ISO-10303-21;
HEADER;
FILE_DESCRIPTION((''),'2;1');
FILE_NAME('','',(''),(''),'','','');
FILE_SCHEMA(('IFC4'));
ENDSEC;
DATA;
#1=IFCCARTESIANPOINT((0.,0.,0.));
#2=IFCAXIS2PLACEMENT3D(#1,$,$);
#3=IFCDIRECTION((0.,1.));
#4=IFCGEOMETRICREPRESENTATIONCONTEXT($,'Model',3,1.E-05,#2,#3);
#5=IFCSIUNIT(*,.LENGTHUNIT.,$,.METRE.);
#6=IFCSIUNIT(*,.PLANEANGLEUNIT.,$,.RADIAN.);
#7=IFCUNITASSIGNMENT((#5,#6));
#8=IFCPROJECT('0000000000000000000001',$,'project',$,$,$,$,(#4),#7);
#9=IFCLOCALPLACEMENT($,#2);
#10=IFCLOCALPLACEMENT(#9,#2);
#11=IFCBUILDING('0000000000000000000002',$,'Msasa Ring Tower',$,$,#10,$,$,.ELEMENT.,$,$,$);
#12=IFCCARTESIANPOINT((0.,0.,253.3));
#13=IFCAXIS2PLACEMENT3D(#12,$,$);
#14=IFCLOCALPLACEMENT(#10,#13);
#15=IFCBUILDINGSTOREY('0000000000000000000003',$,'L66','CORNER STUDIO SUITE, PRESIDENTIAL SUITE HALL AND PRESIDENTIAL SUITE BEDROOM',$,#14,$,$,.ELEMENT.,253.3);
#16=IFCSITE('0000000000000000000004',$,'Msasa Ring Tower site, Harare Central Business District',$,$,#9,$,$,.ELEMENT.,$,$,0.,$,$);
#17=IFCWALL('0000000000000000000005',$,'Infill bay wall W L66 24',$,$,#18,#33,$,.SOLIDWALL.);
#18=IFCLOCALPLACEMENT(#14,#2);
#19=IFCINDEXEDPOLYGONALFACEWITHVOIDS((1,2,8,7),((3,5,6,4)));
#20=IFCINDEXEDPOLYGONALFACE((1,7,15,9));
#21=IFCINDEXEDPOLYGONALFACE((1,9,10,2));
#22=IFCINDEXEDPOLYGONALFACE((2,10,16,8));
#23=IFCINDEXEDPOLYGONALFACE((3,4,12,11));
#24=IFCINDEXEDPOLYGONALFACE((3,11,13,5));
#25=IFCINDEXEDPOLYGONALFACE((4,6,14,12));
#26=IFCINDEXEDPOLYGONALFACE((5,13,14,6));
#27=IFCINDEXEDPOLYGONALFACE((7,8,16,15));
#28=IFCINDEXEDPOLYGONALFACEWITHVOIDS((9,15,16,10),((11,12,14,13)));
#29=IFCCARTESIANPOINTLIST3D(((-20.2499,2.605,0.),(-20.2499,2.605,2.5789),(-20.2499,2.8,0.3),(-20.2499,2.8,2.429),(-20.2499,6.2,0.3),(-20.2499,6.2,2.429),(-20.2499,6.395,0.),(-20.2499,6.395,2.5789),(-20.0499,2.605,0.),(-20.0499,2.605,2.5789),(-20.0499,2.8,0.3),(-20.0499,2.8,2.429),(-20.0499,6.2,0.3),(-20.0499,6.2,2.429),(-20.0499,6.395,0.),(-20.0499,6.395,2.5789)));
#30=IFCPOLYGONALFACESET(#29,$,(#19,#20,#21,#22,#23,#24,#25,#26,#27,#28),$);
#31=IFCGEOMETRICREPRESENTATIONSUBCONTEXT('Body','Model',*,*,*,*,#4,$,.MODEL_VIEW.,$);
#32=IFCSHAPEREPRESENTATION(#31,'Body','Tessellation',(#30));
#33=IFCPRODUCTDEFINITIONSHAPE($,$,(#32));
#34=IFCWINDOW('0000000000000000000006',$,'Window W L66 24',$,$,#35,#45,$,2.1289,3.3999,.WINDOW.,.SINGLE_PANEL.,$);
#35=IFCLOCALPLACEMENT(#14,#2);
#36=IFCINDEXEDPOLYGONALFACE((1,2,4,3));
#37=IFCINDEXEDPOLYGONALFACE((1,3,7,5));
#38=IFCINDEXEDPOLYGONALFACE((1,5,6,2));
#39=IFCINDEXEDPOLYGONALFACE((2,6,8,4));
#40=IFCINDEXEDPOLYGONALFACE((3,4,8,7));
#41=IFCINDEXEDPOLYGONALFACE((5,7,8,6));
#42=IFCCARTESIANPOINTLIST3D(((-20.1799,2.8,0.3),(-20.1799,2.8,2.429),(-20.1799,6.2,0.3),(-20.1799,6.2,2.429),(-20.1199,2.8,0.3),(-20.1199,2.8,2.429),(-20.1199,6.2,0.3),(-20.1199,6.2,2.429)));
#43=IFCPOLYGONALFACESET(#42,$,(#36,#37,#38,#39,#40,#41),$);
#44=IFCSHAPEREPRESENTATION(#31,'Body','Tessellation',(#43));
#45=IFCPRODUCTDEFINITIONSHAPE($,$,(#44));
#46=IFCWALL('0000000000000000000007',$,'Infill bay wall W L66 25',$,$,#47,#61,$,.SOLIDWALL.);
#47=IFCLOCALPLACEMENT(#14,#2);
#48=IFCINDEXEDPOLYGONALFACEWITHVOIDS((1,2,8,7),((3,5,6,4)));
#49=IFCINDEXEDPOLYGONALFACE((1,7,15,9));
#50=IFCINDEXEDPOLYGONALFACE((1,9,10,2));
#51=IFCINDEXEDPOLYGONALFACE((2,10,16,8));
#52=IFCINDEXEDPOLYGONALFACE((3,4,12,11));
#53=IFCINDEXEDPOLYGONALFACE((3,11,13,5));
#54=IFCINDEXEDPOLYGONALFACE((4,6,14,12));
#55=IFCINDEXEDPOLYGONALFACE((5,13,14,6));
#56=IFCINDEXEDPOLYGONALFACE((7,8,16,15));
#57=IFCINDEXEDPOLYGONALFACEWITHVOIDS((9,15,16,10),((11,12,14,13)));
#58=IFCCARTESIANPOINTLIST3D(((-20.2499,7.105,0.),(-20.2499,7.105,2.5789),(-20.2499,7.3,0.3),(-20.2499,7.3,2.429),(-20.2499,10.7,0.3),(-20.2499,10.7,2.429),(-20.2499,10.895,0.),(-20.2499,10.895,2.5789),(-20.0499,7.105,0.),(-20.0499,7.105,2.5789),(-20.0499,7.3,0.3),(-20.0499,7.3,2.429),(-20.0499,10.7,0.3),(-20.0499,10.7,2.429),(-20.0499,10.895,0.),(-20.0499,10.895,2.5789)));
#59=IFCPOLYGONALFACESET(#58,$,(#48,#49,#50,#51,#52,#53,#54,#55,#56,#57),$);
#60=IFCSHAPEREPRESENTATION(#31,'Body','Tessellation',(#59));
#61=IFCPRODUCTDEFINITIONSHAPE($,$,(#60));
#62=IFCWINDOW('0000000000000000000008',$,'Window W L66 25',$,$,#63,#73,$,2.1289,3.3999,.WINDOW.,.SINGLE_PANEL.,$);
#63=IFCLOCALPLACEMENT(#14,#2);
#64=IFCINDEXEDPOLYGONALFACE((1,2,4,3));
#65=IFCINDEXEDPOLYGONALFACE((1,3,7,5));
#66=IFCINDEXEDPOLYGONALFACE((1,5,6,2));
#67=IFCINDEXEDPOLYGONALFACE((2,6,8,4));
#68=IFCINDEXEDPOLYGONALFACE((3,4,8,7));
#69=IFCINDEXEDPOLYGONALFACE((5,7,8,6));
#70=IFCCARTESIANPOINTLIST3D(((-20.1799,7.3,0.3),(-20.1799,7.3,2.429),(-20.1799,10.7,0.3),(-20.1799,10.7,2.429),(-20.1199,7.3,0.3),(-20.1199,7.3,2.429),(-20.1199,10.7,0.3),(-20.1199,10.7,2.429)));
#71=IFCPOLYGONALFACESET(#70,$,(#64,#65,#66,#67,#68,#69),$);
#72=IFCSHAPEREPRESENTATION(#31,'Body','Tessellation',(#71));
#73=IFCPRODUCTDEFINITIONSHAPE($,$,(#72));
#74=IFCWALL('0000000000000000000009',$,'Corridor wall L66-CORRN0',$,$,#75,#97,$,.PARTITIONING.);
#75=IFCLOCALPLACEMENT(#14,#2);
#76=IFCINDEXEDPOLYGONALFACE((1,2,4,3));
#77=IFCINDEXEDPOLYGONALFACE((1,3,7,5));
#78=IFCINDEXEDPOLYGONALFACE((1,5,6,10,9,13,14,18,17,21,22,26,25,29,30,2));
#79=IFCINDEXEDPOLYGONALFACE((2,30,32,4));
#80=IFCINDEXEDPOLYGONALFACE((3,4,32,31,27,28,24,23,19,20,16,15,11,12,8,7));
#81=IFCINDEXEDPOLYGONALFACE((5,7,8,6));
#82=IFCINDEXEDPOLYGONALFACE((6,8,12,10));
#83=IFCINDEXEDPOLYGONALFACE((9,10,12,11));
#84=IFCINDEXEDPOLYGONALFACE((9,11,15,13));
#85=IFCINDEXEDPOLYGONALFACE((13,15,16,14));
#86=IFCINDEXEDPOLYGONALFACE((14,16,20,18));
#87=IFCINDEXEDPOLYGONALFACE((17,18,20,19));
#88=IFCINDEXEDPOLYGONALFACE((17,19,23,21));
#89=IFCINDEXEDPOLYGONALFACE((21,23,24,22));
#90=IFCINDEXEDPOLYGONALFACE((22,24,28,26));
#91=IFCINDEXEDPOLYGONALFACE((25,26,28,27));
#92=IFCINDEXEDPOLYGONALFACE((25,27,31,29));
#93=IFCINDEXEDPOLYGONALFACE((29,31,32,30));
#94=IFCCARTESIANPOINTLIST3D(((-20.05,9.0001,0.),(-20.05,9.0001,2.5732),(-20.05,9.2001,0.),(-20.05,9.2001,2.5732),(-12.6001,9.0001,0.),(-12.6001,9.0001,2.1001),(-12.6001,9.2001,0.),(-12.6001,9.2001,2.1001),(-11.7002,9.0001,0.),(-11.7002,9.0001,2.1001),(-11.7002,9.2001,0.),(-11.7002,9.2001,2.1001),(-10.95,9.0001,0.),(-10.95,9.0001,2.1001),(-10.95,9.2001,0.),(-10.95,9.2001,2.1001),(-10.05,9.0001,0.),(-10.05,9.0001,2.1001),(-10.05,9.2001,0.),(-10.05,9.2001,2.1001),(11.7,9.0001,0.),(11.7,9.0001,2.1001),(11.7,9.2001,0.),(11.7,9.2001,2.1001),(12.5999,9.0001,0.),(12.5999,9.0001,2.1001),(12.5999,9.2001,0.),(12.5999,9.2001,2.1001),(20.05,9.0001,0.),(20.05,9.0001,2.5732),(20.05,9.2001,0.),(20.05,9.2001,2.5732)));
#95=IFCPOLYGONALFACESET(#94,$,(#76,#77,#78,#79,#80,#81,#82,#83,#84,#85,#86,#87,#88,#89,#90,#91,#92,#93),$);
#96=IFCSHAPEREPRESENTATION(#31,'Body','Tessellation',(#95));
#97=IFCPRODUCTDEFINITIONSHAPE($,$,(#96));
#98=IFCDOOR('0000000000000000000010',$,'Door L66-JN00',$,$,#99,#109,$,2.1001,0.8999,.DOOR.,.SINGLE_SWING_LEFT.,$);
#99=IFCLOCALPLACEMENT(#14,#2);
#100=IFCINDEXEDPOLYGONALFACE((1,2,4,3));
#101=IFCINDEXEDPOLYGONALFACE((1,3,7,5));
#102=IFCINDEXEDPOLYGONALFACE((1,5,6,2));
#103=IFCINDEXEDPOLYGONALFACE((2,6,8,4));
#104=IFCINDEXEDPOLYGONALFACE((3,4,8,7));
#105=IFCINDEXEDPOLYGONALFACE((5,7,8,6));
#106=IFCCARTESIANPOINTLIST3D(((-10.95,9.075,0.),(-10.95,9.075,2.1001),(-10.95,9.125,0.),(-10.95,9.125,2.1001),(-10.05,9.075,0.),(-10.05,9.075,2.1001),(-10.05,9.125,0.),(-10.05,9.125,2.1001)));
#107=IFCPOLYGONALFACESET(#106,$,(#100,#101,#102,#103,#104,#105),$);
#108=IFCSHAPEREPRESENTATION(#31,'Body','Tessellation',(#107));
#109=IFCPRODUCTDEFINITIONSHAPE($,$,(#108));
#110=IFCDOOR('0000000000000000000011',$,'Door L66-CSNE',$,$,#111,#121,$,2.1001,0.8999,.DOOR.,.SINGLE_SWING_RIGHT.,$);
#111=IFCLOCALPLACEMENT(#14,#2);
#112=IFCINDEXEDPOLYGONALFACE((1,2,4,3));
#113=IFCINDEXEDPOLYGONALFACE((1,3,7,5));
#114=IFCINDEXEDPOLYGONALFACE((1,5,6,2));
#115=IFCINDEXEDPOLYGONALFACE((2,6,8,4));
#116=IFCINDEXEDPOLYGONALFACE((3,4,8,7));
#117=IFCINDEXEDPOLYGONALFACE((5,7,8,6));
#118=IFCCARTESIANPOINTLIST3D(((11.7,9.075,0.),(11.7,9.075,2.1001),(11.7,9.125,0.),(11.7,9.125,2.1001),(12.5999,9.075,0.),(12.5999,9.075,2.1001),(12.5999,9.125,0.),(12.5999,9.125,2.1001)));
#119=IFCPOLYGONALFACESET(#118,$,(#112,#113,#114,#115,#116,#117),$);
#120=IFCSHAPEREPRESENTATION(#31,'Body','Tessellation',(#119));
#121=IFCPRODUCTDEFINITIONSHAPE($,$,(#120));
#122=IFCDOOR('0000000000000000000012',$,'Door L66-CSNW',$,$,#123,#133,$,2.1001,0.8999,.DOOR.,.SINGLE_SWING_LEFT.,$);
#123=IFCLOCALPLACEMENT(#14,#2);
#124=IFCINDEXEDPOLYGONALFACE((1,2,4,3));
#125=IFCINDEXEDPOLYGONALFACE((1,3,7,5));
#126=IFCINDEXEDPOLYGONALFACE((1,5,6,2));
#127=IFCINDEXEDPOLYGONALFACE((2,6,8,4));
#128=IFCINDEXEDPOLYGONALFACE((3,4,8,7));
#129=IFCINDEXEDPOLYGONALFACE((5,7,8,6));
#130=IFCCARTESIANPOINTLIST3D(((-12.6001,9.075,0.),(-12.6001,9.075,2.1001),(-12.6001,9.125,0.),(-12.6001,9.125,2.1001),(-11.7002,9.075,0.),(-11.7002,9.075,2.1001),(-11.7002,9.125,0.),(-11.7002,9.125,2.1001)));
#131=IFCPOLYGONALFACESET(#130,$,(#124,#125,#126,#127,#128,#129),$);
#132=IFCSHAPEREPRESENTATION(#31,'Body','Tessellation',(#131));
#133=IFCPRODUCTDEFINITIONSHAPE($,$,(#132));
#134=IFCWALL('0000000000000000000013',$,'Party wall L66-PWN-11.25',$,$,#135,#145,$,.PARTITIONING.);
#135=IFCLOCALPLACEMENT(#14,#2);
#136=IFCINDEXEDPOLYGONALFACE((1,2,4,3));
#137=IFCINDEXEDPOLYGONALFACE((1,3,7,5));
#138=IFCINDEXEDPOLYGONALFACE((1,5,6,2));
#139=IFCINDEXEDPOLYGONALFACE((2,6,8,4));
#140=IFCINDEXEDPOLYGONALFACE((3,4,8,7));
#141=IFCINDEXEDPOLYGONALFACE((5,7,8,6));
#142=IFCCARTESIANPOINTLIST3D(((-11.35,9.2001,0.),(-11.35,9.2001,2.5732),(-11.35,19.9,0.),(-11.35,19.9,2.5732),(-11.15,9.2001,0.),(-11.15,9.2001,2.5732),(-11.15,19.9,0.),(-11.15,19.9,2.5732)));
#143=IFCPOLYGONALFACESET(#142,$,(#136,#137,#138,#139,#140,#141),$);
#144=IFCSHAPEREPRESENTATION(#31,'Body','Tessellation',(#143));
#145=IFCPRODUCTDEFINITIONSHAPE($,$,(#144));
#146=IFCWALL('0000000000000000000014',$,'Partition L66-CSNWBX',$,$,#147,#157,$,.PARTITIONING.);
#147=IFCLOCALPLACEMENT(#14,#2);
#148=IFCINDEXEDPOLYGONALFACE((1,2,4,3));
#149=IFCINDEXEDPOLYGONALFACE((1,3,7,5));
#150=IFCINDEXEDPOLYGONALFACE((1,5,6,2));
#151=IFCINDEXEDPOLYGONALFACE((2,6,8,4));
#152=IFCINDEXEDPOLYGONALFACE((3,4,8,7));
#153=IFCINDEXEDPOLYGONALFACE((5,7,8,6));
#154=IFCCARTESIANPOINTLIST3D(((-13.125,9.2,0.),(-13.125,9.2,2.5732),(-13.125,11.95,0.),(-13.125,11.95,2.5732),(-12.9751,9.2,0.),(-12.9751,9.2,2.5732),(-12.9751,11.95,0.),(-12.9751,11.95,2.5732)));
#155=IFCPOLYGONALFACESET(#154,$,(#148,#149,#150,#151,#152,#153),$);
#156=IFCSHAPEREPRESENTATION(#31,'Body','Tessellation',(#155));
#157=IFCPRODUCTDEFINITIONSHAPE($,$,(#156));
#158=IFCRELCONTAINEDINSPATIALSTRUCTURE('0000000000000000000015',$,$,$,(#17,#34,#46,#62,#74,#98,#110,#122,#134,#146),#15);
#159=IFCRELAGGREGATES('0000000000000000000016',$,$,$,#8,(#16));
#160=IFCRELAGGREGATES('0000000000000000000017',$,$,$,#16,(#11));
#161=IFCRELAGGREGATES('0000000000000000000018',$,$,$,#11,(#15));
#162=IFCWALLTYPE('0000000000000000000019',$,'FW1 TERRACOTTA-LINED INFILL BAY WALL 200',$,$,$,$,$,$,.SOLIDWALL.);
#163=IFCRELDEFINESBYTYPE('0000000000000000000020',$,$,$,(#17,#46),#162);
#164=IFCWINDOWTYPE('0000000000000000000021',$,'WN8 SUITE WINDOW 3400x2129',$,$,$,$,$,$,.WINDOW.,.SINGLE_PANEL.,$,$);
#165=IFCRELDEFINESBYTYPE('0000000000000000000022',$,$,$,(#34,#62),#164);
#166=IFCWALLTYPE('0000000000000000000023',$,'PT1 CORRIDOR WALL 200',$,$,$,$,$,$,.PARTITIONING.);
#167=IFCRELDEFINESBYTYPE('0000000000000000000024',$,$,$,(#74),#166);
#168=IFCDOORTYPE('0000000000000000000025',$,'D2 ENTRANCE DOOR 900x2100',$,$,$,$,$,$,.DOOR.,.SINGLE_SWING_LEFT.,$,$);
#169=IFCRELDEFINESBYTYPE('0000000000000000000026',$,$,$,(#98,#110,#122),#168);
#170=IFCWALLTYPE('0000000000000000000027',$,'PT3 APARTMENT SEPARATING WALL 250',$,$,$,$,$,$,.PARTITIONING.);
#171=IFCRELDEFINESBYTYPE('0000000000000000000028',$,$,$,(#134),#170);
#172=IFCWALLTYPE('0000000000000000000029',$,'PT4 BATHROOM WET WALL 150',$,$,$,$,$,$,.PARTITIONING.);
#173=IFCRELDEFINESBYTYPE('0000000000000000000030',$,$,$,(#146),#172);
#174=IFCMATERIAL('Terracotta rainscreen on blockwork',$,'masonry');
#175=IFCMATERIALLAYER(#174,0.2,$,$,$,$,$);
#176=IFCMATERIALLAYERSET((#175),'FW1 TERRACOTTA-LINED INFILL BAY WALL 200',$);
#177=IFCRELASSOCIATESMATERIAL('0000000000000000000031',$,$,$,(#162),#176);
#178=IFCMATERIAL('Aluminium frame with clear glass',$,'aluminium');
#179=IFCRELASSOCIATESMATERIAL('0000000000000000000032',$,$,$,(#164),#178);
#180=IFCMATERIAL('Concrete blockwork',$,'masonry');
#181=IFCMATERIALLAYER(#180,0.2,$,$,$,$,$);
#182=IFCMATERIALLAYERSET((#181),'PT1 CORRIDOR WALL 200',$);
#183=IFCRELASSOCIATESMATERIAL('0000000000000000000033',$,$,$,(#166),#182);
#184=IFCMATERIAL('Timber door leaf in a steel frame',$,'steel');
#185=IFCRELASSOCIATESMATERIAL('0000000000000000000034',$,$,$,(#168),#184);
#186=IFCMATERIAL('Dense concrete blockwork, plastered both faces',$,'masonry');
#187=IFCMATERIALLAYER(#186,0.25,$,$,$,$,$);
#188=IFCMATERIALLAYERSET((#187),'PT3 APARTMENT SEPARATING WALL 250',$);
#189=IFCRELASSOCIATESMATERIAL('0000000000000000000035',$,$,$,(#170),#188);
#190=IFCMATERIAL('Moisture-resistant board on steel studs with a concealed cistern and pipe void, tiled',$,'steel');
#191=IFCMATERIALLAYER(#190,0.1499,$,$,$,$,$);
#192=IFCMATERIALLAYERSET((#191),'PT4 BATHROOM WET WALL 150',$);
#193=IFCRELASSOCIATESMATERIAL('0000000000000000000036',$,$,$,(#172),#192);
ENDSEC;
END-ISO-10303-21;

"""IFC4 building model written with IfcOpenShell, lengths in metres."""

from ifc_helpers import new_model, si_unit, direction, frame, frame_2d, origin, place, context, subcontext, project, spatial, rectangle, extrude, material, layer, layer_set, type_object, element, fill, save


model = new_model("IFC4")

# Units and contexts
model_context = context("Model", 3, precision=1e-05, world=origin(), true_north=direction((0.0, 1.0)))
body_context = subcontext(model_context, "Body", "Model", "MODEL_VIEW")
ifc_project = project(units=[si_unit("LENGTHUNIT", "METRE"), si_unit("PLANEANGLEUNIT", "RADIAN")], contexts=[model_context])

# Site, building, storey
site_placement = place(None, origin())
site = spatial("IfcSite", under=ifc_project, at=site_placement, Name="Msasa Ring Tower site, Harare Central Business District", CompositionType="ELEMENT", RefElevation=0.0)
building_placement = place(site_placement, origin())
building = spatial("IfcBuilding", under=site, at=building_placement, Name="Msasa Ring Tower", CompositionType="ELEMENT")
storey_placement = place(building_placement, frame((0.0, 0.0, 253.3)))
storey = spatial("IfcBuildingStorey", under=building, at=storey_placement, Name="L66", Description="CORNER STUDIO SUITE, PRESIDENTIAL SUITE HALL AND PRESIDENTIAL SUITE BEDROOM", CompositionType="ELEMENT", Elevation=253.3)

# Walls, openings, windows
ifc_material_1 = material(Name="Terracotta rainscreen on blockwork", Category="masonry")
ifc_layer_1 = layer(ifc_material_1, 0.2)
ifc_layer_set_1 = layer_set([ifc_layer_1], Name="FW1 TERRACOTTA-LINED INFILL BAY WALL 200")
wall_type_1 = type_object("IfcWallType", Name="FW1 TERRACOTTA-LINED INFILL BAY WALL 200", PredefinedType="SOLIDWALL", material=ifc_layer_set_1)
wall_1_placement = place(storey_placement, frame((-20.1499, 2.605, 0.0), z_axis=(0.0, 0.0, 1.0), x_axis=(0.0, 1.0, 0.0)))
wall_1 = element("IfcWall", 1, at=wall_1_placement, inside=storey, type_object=wall_type_1, Name="Infill bay wall W L66 24", PredefinedType="SOLIDWALL", context=body_context, shape_type="SweptSolid", body=[
    extrude(rectangle(XDim=3.79, YDim=0.2, at=frame_2d((1.895, 0.0))), origin(), (0.0, 0.0, 1.0), 2.5789),
])
opening_1_placement = place(wall_1_placement, frame((0.1951, 0.0, 0.3)))
opening_1 = element("IfcOpeningElement", 2, at=opening_1_placement, cuts=wall_1, PredefinedType="OPENING", context=body_context, shape_type="SweptSolid", body=[
    extrude(rectangle(XDim=3.3999, YDim=2.1289, at=frame_2d((1.7, 1.0645))), frame((0.0, 0.1099, 0.0), z_axis=(0.0, -1.0, 0.0), x_axis=(1.0, 0.0, 0.0)), (0.0, 0.0, 1.0), 0.22),
])
ifc_material_2 = material(Name="Aluminium frame with clear glass", Category="aluminium")
window_type = type_object("IfcWindowType", Name="WN8 SUITE WINDOW 3400x2129", PartitioningType="SINGLE_PANEL", PredefinedType="WINDOW", material=ifc_material_2)
window_1_placement = place(opening_1_placement, origin())
window_1 = element("IfcWindow", 3, at=window_1_placement, inside=storey, type_object=window_type, Name="Window W L66 24", OverallHeight=2.1289, OverallWidth=3.3999, PartitioningType="SINGLE_PANEL", PredefinedType="WINDOW", context=body_context, shape_type="SweptSolid", body=[
    extrude(rectangle(XDim=3.3999, YDim=2.1289, at=frame_2d((1.7, 1.0645))), frame((0.0, 0.03, 0.0), z_axis=(0.0, -1.0, 0.0), x_axis=(1.0, 0.0, 0.0)), (0.0, 0.0, 1.0), 0.0601),
])
fill(opening_1, window_1)
wall_2_placement = place(storey_placement, frame((-20.1499, 7.105, 0.0), z_axis=(0.0, 0.0, 1.0), x_axis=(0.0, 1.0, 0.0)))
wall_2 = element("IfcWall", 4, at=wall_2_placement, inside=storey, type_object=wall_type_1, Name="Infill bay wall W L66 25", PredefinedType="SOLIDWALL", context=body_context, shape_type="SweptSolid", body=[
    extrude(rectangle(XDim=3.79, YDim=0.2, at=frame_2d((1.895, 0.0))), origin(), (0.0, 0.0, 1.0), 2.5789),
])
opening_2_placement = place(wall_2_placement, frame((0.1951, 0.0, 0.3)))
opening_2 = element("IfcOpeningElement", 5, at=opening_2_placement, cuts=wall_2, PredefinedType="OPENING", context=body_context, shape_type="SweptSolid", body=[
    extrude(rectangle(XDim=3.3999, YDim=2.1289, at=frame_2d((1.7, 1.0645))), frame((0.0, 0.1099, 0.0), z_axis=(0.0, -1.0, 0.0), x_axis=(1.0, 0.0, 0.0)), (0.0, 0.0, 1.0), 0.22),
])
window_2_placement = place(opening_2_placement, origin())
window_2 = element("IfcWindow", 6, at=window_2_placement, inside=storey, type_object=window_type, Name="Window W L66 25", OverallHeight=2.1289, OverallWidth=3.3999, PartitioningType="SINGLE_PANEL", PredefinedType="WINDOW", context=body_context, shape_type="SweptSolid", body=[
    extrude(rectangle(XDim=3.3999, YDim=2.1289, at=frame_2d((1.7, 1.0645))), frame((0.0, 0.03, 0.0), z_axis=(0.0, -1.0, 0.0), x_axis=(1.0, 0.0, 0.0)), (0.0, 0.0, 1.0), 0.0601),
])
fill(opening_2, window_2)

# Wall, openings, doors
ifc_material_3 = material(Name="Concrete blockwork", Category="masonry")
ifc_layer_2 = layer(ifc_material_3, 0.2)
ifc_layer_set_2 = layer_set([ifc_layer_2], Name="PT1 CORRIDOR WALL 200")
wall_type_2 = type_object("IfcWallType", Name="PT1 CORRIDOR WALL 200", PredefinedType="PARTITIONING", material=ifc_layer_set_2)
wall_3_placement = place(storey_placement, frame((-20.05, 9.1001, 0.0), z_axis=(0.0, 0.0, 1.0), x_axis=(1.0, 0.0, 0.0)))
wall_3 = element("IfcWall", 7, at=wall_3_placement, inside=storey, type_object=wall_type_2, Name="Corridor wall L66-CORRN0", PredefinedType="PARTITIONING", context=body_context, shape_type="SweptSolid", body=[
    extrude(rectangle(XDim=40.1001, YDim=0.2, at=frame_2d((20.05, 0.0))), origin(), (0.0, 0.0, 1.0), 2.5732),
])
opening_3_placement = place(wall_3_placement, frame((9.1001, 0.0, 0.0)))
opening_3 = element("IfcOpeningElement", 8, at=opening_3_placement, cuts=wall_3, PredefinedType="OPENING", context=body_context, shape_type="SweptSolid", body=[
    extrude(rectangle(XDim=0.8999, YDim=2.1001, at=frame_2d((0.45, 1.05))), frame((0.0, 0.1099, 0.0), z_axis=(0.0, -1.0, 0.0), x_axis=(1.0, 0.0, 0.0)), (0.0, 0.0, 1.0), 0.22),
])
opening_4_placement = place(wall_3_placement, frame((31.75, 0.0, 0.0)))
opening_4 = element("IfcOpeningElement", 9, at=opening_4_placement, cuts=wall_3, PredefinedType="OPENING", context=body_context, shape_type="SweptSolid", body=[
    extrude(rectangle(XDim=0.8999, YDim=2.1001, at=frame_2d((0.45, 1.05))), frame((0.0, 0.1099, 0.0), z_axis=(0.0, -1.0, 0.0), x_axis=(1.0, 0.0, 0.0)), (0.0, 0.0, 1.0), 0.22),
])
opening_5_placement = place(wall_3_placement, frame((7.45, 0.0, 0.0)))
opening_5 = element("IfcOpeningElement", 10, at=opening_5_placement, cuts=wall_3, PredefinedType="OPENING", context=body_context, shape_type="SweptSolid", body=[
    extrude(rectangle(XDim=0.8999, YDim=2.1001, at=frame_2d((0.45, 1.05))), frame((0.0, 0.1099, 0.0), z_axis=(0.0, -1.0, 0.0), x_axis=(1.0, 0.0, 0.0)), (0.0, 0.0, 1.0), 0.22),
])
ifc_material_4 = material(Name="Timber door leaf in a steel frame", Category="steel")
door_type_1 = type_object("IfcDoorType", Name="D2 ENTRANCE DOOR 900x2100", OperationType="SINGLE_SWING_LEFT", PredefinedType="DOOR", material=ifc_material_4)
door_1_placement = place(opening_3_placement, origin())
door_1 = element("IfcDoor", 11, at=door_1_placement, inside=storey, type_object=door_type_1, Name="Door L66-JN00", OperationType="SINGLE_SWING_LEFT", OverallHeight=2.1001, OverallWidth=0.8999, PredefinedType="DOOR", context=body_context, shape_type="SweptSolid", body=[
    extrude(rectangle(XDim=0.8999, YDim=2.1001, at=frame_2d((0.45, 1.05))), frame((0.0, 0.0249, 0.0), z_axis=(0.0, -1.0, 0.0), x_axis=(1.0, 0.0, 0.0)), (0.0, 0.0, 1.0), 0.05),
])
fill(opening_3, door_1)
door_2_placement = place(opening_4_placement, origin())
door_2 = element("IfcDoor", 12, at=door_2_placement, inside=storey, type_object=door_type_1, Name="Door L66-CSNE", OperationType="SINGLE_SWING_RIGHT", OverallHeight=2.1001, OverallWidth=0.8999, PredefinedType="DOOR", context=body_context, shape_type="SweptSolid", body=[
    extrude(rectangle(XDim=0.8999, YDim=2.1001, at=frame_2d((0.45, 1.05))), frame((0.0, 0.0249, 0.0), z_axis=(0.0, -1.0, 0.0), x_axis=(1.0, 0.0, 0.0)), (0.0, 0.0, 1.0), 0.05),
])
fill(opening_4, door_2)
door_3_placement = place(opening_5_placement, origin())
door_3 = element("IfcDoor", 13, at=door_3_placement, inside=storey, type_object=door_type_1, Name="Door L66-CSNW", OperationType="SINGLE_SWING_LEFT", OverallHeight=2.1001, OverallWidth=0.8999, PredefinedType="DOOR", context=body_context, shape_type="SweptSolid", body=[
    extrude(rectangle(XDim=0.8999, YDim=2.1001, at=frame_2d((0.45, 1.05))), frame((0.0, 0.0249, 0.0), z_axis=(0.0, -1.0, 0.0), x_axis=(1.0, 0.0, 0.0)), (0.0, 0.0, 1.0), 0.05),
])
fill(opening_5, door_3)

# Walls
ifc_material_5 = material(Name="Dense concrete blockwork, plastered both faces", Category="masonry")
ifc_layer_3 = layer(ifc_material_5, 0.25)
ifc_layer_set_3 = layer_set([ifc_layer_3], Name="PT3 APARTMENT SEPARATING WALL 250")
wall_type_3 = type_object("IfcWallType", Name="PT3 APARTMENT SEPARATING WALL 250", PredefinedType="PARTITIONING", material=ifc_layer_set_3)
wall_4_placement = place(storey_placement, frame((-11.25, 9.2, 0.0), z_axis=(0.0, 0.0, 1.0), x_axis=(0.0, 1.0, 0.0)))
element("IfcWall", 14, at=wall_4_placement, inside=storey, type_object=wall_type_3, Name="Party wall L66-PWN-11.25", PredefinedType="PARTITIONING", context=body_context, shape_type="SweptSolid", body=[
    extrude(rectangle(XDim=10.7, YDim=0.2, at=frame_2d((5.3501, 0.0))), origin(), (0.0, 0.0, 1.0), 2.5732),
])
ifc_material_6 = material(Name="Moisture-resistant board on steel studs with a concealed cistern and pipe void, tiled", Category="steel")
ifc_layer_4 = layer(ifc_material_6, 0.1499)
ifc_layer_set_4 = layer_set([ifc_layer_4], Name="PT4 BATHROOM WET WALL 150")
wall_type_4 = type_object("IfcWallType", Name="PT4 BATHROOM WET WALL 150", PredefinedType="PARTITIONING", material=ifc_layer_set_4)
wall_5_placement = place(storey_placement, frame((-13.05, 9.2, 0.0), z_axis=(0.0, 0.0, 1.0), x_axis=(0.0, 1.0, 0.0)))
element("IfcWall", 15, at=wall_5_placement, inside=storey, type_object=wall_type_4, Name="Partition L66-CSNWBX", PredefinedType="PARTITIONING", context=body_context, shape_type="SweptSolid", body=[
    extrude(rectangle(XDim=2.75, YDim=0.1499, at=frame_2d((1.375, 0.0))), origin(), (0.0, 0.0, 1.0), 2.5732),
])

save(model, "model.ifc")
